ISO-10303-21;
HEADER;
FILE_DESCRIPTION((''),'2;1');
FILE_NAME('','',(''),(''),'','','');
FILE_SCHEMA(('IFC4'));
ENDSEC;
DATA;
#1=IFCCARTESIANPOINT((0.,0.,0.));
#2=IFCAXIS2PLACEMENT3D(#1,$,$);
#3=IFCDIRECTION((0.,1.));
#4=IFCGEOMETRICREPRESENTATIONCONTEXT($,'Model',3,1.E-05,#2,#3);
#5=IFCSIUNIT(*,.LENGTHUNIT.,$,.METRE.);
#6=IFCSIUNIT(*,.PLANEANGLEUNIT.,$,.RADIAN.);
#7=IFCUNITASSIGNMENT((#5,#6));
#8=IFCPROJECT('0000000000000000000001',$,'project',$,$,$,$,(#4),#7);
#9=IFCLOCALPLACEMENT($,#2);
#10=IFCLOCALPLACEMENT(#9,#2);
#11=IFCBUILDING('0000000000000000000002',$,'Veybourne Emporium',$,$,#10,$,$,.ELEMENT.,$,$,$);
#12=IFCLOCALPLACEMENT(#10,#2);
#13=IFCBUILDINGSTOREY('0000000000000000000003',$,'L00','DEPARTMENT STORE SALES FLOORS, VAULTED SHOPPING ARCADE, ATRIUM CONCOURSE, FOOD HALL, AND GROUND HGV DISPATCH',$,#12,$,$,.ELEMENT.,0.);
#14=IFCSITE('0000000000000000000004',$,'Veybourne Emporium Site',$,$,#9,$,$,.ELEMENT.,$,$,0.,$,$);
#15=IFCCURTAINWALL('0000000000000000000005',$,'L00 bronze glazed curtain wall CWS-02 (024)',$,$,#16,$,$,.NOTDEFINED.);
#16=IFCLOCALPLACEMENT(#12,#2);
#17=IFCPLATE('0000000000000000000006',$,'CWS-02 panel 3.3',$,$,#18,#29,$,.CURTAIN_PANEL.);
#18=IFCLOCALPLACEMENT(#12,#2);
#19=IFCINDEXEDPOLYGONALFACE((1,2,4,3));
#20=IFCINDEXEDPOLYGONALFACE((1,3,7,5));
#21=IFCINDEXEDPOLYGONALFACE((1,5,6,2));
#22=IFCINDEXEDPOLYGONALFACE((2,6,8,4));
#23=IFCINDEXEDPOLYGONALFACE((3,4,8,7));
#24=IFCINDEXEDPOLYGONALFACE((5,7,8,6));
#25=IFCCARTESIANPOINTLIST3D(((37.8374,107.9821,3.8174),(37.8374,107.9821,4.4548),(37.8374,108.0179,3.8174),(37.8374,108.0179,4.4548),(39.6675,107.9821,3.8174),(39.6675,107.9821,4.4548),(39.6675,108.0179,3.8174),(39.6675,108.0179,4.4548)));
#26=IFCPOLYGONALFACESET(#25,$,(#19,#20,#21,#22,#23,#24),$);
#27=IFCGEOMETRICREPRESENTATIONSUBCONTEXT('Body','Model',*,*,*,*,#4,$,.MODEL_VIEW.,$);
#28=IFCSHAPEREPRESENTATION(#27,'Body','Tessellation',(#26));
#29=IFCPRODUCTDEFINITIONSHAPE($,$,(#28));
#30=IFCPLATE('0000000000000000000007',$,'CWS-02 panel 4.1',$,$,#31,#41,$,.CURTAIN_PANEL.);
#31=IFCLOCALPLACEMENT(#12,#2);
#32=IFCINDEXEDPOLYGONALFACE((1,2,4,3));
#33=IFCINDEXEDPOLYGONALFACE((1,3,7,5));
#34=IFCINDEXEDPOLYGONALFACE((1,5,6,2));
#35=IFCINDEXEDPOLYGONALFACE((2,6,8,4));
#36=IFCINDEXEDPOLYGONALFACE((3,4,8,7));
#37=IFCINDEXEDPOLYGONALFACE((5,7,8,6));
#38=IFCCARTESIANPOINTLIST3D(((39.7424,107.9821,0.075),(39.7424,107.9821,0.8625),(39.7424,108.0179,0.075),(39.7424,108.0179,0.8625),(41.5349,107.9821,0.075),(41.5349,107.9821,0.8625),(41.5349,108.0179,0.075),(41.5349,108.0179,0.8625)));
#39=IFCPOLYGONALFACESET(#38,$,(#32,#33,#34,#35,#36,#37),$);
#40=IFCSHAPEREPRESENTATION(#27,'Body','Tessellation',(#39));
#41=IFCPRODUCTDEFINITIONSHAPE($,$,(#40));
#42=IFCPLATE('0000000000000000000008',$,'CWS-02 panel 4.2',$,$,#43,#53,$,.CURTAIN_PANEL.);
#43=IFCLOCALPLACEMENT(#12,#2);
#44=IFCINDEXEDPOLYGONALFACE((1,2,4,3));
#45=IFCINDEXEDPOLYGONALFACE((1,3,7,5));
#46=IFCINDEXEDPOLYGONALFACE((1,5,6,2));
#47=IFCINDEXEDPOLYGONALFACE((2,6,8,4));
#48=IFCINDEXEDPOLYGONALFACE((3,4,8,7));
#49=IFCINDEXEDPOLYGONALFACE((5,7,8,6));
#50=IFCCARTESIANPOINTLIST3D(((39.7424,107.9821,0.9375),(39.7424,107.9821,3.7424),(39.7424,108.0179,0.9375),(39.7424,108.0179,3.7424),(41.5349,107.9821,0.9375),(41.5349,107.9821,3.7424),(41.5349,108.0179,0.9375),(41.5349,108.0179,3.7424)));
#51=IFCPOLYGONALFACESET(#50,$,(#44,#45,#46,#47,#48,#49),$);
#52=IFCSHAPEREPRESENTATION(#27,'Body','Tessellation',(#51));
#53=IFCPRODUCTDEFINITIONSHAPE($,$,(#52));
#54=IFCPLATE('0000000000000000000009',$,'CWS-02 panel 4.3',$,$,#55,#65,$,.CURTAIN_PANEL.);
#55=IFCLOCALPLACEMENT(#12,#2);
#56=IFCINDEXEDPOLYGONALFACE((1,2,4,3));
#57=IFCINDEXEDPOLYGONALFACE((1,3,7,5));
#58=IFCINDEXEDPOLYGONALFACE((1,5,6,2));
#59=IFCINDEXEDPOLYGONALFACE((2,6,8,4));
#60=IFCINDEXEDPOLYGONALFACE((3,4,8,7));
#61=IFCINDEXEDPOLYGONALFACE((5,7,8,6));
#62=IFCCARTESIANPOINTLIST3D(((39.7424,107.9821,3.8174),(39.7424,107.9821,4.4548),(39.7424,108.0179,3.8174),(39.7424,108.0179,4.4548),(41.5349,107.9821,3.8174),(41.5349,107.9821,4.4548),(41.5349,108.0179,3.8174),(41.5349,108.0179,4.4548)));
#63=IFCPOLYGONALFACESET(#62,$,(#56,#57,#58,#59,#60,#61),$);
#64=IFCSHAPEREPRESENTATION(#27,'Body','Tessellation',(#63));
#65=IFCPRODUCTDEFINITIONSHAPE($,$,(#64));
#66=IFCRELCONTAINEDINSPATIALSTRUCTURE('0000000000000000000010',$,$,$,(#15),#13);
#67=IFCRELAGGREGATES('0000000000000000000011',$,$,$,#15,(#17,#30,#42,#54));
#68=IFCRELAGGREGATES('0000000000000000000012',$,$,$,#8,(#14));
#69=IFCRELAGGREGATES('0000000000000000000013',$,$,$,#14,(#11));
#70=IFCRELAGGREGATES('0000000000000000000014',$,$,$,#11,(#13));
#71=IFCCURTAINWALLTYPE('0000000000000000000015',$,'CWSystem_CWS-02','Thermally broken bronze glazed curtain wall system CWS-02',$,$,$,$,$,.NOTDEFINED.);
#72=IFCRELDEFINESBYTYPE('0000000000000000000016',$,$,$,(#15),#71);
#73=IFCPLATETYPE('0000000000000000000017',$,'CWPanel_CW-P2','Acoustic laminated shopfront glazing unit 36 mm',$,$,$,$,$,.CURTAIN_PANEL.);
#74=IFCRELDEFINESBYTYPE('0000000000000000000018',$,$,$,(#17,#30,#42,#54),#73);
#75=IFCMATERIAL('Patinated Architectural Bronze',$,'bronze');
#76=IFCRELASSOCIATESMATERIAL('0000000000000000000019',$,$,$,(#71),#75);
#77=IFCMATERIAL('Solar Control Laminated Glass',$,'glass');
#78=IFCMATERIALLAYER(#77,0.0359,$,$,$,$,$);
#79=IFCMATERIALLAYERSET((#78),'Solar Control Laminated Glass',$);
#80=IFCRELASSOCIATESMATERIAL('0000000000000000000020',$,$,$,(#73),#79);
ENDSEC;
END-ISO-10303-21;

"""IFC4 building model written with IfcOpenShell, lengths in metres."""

from ifc_helpers import new_model, si_unit, direction, frame, origin, origin_2d, place, context, subcontext, project, spatial, rectangle, extrude, material, layer, layer_set, type_object, element, aggregate, save


model = new_model("IFC4")

# Units and contexts
model_context = context("Model", 3, precision=1e-05, world=origin(), true_north=direction((0.0, 1.0)))
body_context = subcontext(model_context, "Body", "Model", "MODEL_VIEW")
ifc_project = project(units=[si_unit("LENGTHUNIT", "METRE"), si_unit("PLANEANGLEUNIT", "RADIAN")], contexts=[model_context])

# Site, building, storey
site_placement = place(None, origin())
site = spatial("IfcSite", under=ifc_project, at=site_placement, Name="Veybourne Emporium Site", CompositionType="ELEMENT", RefElevation=0.0)
building_placement = place(site_placement, origin())
building = spatial("IfcBuilding", under=site, at=building_placement, Name="Veybourne Emporium", CompositionType="ELEMENT")
storey_placement = place(building_placement, origin())
storey = spatial("IfcBuildingStorey", under=building, at=storey_placement, Name="L00", Description="DEPARTMENT STORE SALES FLOORS, VAULTED SHOPPING ARCADE, ATRIUM CONCOURSE, FOOD HALL, AND GROUND HGV DISPATCH", CompositionType="ELEMENT", Elevation=0.0)

# Curtain wall
ifc_material_1 = material(Name="Patinated Architectural Bronze", Category="bronze")
curtain_wall_type = type_object("IfcCurtainWallType", Name="CWSystem_CWS-02", Description="Thermally broken bronze glazed curtain wall system CWS-02", PredefinedType="NOTDEFINED", material=ifc_material_1)
curtain_wall_placement = place(storey_placement, origin())
curtain_wall = element("IfcCurtainWall", 1, at=curtain_wall_placement, inside=storey, type_object=curtain_wall_type, Name="L00 bronze glazed curtain wall CWS-02 (024)", PredefinedType="NOTDEFINED")

# Plates
ifc_material_2 = material(Name="Solar Control Laminated Glass", Category="glass")
ifc_layer = layer(ifc_material_2, 0.0359)
ifc_layer_set = layer_set([ifc_layer], Name="Solar Control Laminated Glass")
plate_type = type_object("IfcPlateType", Name="CWPanel_CW-P2", Description="Acoustic laminated shopfront glazing unit 36 mm", PredefinedType="CURTAIN_PANEL", material=ifc_layer_set)
plate_1_placement = place(storey_placement, frame((38.7524, 108.0, 3.8174), z_axis=(0.0, 0.0, 1.0), x_axis=(1.0, 0.0, 0.0)))
plate_1 = element("IfcPlate", 2, at=plate_1_placement, type_object=plate_type, Name="CWS-02 panel 3.3", PredefinedType="CURTAIN_PANEL", context=body_context, shape_type="SweptSolid", body=[
    extrude(rectangle(XDim=1.8301, YDim=0.0359, at=origin_2d()), origin(), (0.0, 0.0, 1.0), 0.6375),
])
plate_2_placement = place(storey_placement, frame((40.6387, 108.0, 0.075), z_axis=(0.0, 0.0, 1.0), x_axis=(1.0, 0.0, 0.0)))
plate_2 = element("IfcPlate", 3, at=plate_2_placement, type_object=plate_type, Name="CWS-02 panel 4.1", PredefinedType="CURTAIN_PANEL", context=body_context, shape_type="SweptSolid", body=[
    extrude(rectangle(XDim=1.7925, YDim=0.0359, at=origin_2d()), origin(), (0.0, 0.0, 1.0), 0.7876),
])
plate_3_placement = place(storey_placement, frame((40.6387, 108.0, 0.9375), z_axis=(0.0, 0.0, 1.0), x_axis=(1.0, 0.0, 0.0)))
plate_3 = element("IfcPlate", 4, at=plate_3_placement, type_object=plate_type, Name="CWS-02 panel 4.2", PredefinedType="CURTAIN_PANEL", context=body_context, shape_type="SweptSolid", body=[
    extrude(rectangle(XDim=1.7925, YDim=0.0359, at=origin_2d()), origin(), (0.0, 0.0, 1.0), 2.8049),
])
plate_4_placement = place(storey_placement, frame((40.6387, 108.0, 3.8174), z_axis=(0.0, 0.0, 1.0), x_axis=(1.0, 0.0, 0.0)))
plate_4 = element("IfcPlate", 5, at=plate_4_placement, type_object=plate_type, Name="CWS-02 panel 4.3", PredefinedType="CURTAIN_PANEL", context=body_context, shape_type="SweptSolid", body=[
    extrude(rectangle(XDim=1.7925, YDim=0.0359, at=origin_2d()), origin(), (0.0, 0.0, 1.0), 0.6375),
])
aggregate(curtain_wall, [plate_1, plate_2, plate_3, plate_4])

save(model, "model.ifc")
